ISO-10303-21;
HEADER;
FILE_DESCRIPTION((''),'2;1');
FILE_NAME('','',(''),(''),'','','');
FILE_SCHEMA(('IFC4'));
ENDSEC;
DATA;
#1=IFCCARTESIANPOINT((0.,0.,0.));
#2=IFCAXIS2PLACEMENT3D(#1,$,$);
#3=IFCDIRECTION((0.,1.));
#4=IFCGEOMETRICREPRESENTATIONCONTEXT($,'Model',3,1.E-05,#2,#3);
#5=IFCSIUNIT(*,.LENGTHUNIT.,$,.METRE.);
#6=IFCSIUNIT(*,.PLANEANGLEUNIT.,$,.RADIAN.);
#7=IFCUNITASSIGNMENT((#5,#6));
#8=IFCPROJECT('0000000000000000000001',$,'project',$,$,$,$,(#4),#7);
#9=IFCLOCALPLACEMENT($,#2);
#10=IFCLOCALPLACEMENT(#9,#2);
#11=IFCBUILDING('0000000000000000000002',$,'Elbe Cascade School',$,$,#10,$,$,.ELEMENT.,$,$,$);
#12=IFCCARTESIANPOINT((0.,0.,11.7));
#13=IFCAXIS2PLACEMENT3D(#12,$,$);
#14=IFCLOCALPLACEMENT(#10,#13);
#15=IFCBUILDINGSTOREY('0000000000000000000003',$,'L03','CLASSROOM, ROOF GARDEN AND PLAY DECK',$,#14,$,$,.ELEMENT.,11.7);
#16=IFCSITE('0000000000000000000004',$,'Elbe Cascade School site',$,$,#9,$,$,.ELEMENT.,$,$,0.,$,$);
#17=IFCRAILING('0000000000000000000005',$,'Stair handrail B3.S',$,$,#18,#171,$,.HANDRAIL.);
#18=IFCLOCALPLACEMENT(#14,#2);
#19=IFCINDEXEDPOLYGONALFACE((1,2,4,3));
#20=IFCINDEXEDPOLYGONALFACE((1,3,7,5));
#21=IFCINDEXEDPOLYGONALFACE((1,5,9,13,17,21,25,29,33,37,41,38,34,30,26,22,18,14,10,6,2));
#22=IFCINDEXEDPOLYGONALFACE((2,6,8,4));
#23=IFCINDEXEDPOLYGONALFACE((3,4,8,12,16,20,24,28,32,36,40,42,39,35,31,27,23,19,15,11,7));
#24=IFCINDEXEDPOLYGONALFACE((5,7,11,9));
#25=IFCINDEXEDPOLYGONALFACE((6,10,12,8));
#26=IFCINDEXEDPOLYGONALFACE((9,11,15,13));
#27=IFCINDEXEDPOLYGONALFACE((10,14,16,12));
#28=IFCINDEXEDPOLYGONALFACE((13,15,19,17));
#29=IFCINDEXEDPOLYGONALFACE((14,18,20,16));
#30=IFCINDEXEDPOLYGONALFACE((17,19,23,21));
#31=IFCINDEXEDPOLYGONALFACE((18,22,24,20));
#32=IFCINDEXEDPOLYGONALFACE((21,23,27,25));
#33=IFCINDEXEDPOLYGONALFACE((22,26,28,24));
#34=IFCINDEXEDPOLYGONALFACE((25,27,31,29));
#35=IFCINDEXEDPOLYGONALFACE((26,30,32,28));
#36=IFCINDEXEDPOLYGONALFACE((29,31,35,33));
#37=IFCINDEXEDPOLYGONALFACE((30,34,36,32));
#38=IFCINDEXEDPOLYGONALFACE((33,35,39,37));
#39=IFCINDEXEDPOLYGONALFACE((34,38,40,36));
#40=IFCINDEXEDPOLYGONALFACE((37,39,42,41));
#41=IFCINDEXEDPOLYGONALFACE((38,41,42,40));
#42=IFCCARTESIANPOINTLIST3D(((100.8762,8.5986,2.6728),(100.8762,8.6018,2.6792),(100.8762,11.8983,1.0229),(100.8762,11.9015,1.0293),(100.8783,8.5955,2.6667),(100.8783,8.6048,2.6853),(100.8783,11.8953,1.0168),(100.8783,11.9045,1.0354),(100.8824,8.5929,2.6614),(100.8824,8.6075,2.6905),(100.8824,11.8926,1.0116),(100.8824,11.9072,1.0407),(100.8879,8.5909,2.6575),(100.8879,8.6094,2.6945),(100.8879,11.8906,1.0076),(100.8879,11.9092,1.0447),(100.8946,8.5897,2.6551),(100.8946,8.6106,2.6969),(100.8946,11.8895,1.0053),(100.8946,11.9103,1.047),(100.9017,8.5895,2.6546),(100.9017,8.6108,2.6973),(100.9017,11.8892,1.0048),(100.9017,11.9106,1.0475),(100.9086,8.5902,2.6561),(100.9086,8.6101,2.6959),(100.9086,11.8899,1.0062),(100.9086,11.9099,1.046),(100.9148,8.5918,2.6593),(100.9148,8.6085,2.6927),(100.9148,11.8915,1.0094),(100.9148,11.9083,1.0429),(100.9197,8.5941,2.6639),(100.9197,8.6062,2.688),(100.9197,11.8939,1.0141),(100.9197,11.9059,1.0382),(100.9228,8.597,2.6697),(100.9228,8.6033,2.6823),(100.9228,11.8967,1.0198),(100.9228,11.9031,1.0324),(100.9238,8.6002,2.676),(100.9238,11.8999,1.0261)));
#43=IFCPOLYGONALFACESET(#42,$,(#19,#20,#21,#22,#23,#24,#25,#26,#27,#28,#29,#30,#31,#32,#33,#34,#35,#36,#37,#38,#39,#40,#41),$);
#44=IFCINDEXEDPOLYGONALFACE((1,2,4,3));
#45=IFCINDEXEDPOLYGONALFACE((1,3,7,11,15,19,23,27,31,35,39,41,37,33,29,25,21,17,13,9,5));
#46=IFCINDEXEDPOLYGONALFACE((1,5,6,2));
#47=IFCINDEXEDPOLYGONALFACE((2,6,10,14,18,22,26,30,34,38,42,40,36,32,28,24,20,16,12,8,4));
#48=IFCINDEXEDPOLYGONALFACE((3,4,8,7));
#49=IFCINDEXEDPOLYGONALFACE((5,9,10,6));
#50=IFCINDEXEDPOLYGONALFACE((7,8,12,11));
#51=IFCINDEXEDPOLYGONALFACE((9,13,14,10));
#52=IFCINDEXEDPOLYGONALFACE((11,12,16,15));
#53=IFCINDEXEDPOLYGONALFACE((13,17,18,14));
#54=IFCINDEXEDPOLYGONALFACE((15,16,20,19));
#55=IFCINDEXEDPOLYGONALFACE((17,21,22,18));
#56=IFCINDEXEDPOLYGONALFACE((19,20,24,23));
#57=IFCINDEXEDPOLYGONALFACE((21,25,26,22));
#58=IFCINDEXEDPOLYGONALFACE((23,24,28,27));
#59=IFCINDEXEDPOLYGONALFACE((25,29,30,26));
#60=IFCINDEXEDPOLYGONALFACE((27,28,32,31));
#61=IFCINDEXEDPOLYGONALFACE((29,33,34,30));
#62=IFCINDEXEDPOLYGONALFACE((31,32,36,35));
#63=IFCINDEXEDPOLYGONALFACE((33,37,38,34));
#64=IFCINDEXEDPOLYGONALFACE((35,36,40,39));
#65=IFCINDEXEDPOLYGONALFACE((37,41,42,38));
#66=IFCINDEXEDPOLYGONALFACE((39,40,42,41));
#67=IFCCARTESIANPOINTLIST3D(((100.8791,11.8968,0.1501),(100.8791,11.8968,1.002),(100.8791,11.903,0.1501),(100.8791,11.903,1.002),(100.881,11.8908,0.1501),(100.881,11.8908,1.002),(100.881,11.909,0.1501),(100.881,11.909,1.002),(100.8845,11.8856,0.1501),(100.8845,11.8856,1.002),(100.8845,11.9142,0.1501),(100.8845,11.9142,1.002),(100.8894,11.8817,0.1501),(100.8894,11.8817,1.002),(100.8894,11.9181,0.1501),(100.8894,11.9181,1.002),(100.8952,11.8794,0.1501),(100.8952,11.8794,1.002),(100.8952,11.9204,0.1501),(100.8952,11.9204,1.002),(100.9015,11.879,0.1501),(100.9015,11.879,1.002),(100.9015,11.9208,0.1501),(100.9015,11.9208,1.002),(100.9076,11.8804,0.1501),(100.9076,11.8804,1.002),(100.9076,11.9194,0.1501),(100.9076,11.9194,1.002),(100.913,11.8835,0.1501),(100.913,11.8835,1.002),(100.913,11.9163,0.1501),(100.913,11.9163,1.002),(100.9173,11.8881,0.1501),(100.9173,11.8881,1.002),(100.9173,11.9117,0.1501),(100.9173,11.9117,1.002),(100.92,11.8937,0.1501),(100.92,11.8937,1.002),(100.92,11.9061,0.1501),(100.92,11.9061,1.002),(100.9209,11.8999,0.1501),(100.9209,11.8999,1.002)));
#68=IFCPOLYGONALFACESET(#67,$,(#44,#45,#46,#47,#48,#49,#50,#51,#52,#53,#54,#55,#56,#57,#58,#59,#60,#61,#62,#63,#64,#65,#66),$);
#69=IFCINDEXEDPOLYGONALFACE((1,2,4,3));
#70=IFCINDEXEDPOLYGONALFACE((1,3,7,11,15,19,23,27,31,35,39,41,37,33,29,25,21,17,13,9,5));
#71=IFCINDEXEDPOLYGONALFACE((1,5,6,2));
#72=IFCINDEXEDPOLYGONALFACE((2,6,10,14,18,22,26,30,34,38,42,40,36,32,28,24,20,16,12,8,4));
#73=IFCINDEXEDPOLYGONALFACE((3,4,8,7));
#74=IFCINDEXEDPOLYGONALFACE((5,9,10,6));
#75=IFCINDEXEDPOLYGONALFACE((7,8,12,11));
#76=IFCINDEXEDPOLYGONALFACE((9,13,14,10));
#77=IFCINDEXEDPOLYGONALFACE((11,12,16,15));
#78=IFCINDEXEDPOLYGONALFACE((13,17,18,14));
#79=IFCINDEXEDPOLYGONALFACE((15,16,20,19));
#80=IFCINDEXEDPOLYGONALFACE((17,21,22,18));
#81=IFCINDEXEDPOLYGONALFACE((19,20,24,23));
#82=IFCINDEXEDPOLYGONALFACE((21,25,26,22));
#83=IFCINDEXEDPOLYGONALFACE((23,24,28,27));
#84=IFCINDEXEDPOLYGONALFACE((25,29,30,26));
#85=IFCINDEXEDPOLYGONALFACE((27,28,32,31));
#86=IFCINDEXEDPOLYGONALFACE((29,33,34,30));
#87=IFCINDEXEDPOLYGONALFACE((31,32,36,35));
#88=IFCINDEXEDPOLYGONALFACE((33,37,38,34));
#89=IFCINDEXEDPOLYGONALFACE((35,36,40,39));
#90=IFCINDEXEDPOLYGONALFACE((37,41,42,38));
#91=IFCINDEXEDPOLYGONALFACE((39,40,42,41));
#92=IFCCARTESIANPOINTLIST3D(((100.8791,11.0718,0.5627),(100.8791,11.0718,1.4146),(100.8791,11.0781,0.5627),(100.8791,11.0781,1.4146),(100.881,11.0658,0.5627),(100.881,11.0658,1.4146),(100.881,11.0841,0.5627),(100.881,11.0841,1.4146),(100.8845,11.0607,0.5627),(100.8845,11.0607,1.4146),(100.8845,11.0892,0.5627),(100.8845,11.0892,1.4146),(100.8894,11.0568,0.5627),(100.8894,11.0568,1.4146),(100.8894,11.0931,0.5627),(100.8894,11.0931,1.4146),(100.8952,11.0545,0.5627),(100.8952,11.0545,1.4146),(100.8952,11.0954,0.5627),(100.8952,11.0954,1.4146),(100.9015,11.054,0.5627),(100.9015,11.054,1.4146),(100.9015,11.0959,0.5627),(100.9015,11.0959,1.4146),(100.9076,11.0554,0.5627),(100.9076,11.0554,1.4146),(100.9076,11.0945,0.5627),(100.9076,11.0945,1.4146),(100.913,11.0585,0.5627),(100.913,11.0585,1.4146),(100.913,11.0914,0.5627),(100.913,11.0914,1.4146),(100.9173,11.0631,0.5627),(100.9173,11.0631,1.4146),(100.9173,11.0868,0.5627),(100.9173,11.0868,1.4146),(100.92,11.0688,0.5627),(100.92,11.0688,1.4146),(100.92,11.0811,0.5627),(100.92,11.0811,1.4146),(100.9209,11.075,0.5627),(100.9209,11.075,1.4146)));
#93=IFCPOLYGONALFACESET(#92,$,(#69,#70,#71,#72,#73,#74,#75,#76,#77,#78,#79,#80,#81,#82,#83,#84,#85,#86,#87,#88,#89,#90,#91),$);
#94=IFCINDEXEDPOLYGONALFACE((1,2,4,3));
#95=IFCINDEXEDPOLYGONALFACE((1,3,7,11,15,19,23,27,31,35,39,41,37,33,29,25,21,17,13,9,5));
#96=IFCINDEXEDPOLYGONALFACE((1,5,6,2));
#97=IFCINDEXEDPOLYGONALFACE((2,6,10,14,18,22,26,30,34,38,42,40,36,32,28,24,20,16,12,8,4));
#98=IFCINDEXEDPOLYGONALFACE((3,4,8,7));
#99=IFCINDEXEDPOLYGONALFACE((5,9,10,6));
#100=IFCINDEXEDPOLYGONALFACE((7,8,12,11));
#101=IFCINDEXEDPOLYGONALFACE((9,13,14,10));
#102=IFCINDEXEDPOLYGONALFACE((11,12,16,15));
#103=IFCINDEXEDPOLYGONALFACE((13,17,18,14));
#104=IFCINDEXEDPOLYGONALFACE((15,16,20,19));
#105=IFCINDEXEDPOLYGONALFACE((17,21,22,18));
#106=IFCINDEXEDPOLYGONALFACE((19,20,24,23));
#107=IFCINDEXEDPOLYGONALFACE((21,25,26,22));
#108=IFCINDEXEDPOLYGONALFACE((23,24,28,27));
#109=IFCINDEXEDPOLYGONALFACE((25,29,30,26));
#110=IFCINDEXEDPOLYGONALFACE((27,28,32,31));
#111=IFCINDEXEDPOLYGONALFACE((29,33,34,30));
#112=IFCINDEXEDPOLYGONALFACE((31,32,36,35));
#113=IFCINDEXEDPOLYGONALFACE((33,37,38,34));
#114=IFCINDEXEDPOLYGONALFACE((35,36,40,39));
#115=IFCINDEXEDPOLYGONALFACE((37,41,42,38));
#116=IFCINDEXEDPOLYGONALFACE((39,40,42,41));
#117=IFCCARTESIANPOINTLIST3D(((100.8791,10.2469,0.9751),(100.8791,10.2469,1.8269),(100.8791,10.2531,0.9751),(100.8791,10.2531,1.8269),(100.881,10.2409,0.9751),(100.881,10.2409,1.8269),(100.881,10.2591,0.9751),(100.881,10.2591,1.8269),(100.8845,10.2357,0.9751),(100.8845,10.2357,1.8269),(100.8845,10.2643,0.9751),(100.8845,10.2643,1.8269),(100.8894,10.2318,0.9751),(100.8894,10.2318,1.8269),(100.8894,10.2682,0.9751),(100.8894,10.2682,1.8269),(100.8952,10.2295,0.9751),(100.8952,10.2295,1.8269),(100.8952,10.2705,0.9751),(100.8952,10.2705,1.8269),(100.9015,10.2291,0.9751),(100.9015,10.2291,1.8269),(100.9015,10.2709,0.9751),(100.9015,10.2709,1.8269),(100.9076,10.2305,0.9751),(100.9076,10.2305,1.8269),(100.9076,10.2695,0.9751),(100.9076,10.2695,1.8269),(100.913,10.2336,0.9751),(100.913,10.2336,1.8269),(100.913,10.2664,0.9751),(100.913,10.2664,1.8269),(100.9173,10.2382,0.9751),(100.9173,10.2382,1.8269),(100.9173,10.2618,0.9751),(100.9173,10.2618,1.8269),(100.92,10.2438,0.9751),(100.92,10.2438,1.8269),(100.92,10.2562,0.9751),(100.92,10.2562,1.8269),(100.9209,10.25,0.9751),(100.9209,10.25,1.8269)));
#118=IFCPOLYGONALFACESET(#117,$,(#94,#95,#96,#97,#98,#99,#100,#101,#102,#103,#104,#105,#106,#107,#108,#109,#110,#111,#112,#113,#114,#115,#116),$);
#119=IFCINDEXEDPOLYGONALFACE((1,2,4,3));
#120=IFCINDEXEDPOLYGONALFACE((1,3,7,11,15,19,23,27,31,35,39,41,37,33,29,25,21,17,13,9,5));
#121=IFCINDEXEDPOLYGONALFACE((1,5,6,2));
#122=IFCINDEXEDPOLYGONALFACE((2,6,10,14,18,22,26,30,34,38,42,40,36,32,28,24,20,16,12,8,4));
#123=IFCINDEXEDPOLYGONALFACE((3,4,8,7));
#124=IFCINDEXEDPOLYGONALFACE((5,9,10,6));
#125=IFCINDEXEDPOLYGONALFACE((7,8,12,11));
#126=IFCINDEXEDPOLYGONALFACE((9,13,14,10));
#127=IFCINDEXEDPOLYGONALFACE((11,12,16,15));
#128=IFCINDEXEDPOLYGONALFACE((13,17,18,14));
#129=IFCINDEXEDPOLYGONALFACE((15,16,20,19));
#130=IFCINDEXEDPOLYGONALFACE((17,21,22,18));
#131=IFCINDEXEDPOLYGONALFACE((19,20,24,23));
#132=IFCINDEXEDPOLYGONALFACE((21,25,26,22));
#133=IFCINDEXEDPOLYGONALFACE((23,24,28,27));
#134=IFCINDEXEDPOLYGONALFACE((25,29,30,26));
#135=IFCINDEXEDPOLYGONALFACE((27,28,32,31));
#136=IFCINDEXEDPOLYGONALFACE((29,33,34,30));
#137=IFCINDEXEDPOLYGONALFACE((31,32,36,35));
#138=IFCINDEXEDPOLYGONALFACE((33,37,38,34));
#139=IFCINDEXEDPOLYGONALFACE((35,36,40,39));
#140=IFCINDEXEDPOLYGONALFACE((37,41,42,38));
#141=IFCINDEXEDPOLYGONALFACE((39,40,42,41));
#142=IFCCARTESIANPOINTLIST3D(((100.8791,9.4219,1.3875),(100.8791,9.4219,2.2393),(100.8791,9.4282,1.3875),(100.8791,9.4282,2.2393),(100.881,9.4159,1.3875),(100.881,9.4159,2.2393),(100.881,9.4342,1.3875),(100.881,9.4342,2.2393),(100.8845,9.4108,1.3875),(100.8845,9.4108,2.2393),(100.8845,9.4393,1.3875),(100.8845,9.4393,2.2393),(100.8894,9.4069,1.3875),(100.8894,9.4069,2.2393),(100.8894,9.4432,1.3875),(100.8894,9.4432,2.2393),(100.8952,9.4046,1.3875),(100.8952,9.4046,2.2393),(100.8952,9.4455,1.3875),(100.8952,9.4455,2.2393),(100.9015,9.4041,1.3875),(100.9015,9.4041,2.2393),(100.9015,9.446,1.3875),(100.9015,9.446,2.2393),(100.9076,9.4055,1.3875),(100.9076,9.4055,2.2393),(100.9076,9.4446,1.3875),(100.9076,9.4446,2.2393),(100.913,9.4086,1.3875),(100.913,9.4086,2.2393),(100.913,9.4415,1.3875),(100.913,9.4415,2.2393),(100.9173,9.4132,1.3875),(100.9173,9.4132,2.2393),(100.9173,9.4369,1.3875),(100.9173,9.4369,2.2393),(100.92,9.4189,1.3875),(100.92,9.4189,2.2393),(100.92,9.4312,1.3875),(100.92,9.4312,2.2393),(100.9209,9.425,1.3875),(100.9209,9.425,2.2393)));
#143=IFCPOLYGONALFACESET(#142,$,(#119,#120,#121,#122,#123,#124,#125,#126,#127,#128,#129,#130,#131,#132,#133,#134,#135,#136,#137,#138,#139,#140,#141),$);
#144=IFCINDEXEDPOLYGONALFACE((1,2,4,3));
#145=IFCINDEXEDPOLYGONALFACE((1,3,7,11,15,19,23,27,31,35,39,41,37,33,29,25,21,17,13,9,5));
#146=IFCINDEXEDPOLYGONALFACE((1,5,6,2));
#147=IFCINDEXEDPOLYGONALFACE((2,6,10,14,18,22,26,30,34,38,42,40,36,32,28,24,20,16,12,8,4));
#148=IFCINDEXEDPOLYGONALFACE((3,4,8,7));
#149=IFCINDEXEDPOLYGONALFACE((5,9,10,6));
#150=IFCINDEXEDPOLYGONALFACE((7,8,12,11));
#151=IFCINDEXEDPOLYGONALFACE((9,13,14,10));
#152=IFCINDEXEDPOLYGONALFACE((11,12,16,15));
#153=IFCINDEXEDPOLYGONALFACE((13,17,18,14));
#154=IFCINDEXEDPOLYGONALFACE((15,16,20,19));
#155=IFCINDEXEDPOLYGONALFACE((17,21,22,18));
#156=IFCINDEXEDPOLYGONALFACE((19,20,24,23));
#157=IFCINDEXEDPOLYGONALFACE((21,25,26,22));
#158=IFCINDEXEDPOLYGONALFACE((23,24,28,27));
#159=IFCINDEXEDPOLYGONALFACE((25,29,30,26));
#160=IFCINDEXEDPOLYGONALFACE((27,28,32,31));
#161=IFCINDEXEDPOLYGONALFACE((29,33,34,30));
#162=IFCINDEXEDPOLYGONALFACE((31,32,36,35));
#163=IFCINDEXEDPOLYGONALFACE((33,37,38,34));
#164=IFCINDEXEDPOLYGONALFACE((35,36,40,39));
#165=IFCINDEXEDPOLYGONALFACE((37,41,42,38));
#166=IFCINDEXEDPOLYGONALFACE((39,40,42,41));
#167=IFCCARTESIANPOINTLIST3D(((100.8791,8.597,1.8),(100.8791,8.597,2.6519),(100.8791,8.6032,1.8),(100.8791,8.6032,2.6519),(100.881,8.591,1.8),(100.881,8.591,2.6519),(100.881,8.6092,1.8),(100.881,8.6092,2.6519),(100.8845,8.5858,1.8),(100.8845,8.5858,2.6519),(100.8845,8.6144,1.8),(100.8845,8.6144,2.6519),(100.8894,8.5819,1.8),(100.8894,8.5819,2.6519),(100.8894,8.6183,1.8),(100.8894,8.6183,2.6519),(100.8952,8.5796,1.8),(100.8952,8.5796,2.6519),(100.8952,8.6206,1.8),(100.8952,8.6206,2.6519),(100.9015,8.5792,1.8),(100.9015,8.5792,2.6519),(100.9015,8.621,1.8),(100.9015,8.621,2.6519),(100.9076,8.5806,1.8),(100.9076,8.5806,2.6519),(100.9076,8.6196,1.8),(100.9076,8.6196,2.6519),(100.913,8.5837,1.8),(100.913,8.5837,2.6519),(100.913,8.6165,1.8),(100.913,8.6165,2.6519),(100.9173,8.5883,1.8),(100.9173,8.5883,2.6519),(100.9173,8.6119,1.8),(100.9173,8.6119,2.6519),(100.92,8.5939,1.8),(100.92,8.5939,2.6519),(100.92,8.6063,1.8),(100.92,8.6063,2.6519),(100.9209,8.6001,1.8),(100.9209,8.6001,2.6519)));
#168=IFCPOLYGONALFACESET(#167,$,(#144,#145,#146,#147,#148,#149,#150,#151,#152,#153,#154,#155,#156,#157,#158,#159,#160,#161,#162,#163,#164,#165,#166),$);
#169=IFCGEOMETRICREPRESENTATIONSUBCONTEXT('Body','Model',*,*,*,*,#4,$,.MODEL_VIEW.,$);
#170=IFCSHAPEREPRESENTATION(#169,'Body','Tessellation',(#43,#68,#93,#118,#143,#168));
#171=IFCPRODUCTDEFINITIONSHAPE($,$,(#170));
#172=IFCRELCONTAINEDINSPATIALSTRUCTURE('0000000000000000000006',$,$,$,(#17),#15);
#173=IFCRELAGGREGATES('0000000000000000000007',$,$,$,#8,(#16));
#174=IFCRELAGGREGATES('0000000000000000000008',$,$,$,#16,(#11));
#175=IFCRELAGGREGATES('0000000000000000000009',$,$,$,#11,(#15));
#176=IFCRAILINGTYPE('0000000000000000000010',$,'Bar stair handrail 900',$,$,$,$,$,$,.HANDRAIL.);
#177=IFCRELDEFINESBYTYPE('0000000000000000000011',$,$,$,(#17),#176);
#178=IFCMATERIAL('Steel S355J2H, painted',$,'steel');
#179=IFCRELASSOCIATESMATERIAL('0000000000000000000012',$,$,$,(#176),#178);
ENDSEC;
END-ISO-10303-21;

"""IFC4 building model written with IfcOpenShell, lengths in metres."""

from ifc_helpers import new_model, si_unit, direction, frame, origin, origin_2d, place, context, subcontext, project, spatial, circle, extrude, material, type_object, element, save


model = new_model("IFC4")

# Units and contexts
model_context = context("Model", 3, precision=1e-05, world=origin(), true_north=direction((0.0, 1.0)))
body_context = subcontext(model_context, "Body", "Model", "MODEL_VIEW")
ifc_project = project(units=[si_unit("LENGTHUNIT", "METRE"), si_unit("PLANEANGLEUNIT", "RADIAN")], contexts=[model_context])

# Site, building, storey
site_placement = place(None, origin())
site = spatial("IfcSite", under=ifc_project, at=site_placement, Name="Elbe Cascade School site", CompositionType="ELEMENT", RefElevation=0.0)
building_placement = place(site_placement, origin())
building = spatial("IfcBuilding", under=site, at=building_placement, Name="Elbe Cascade School", CompositionType="ELEMENT")
storey_placement = place(building_placement, frame((0.0, 0.0, 11.7)))
storey = spatial("IfcBuildingStorey", under=building, at=storey_placement, Name="L03", Description="CLASSROOM, ROOF GARDEN AND PLAY DECK", CompositionType="ELEMENT", Elevation=11.7)

# Railing
ifc_material_1 = material(Name="Steel S355J2H, painted", Category="steel")
railing_type_1 = type_object("IfcRailingType", Name="Bar stair handrail 900", PredefinedType="HANDRAIL", material=ifc_material_1)
railing_1_placement = place(storey_placement, frame((100.8999, 11.8999, 0.1501)))
element("IfcRailing", 1, at=railing_1_placement, inside=storey, type_object=railing_type_1, Name="Stair handrail B3.S", PredefinedType="HANDRAIL", context=body_context, shape_type="SweptSolid", body=[
    extrude(circle(Radius=0.0239, at=origin_2d()), frame((0.0, 0.0, 0.876), z_axis=(0.0, -0.894427, 0.447214), x_axis=(1.0, 0.0, 0.0)), (0.0, 0.0, 1.0), 3.6892),
    extrude(circle(Radius=0.021, at=origin_2d()), origin(), (0.0, 0.0, 1.0), 0.8518),
    extrude(circle(Radius=0.021, at=origin_2d()), frame((0.0, -0.825, 0.4126)), (0.0, 0.0, 1.0), 0.8518),
    extrude(circle(Radius=0.021, at=origin_2d()), frame((0.0, -1.6499, 0.825)), (0.0, 0.0, 1.0), 0.8518),
    extrude(circle(Radius=0.021, at=origin_2d()), frame((0.0, -2.4749, 1.2373)), (0.0, 0.0, 1.0), 0.8518),
    extrude(circle(Radius=0.021, at=origin_2d()), frame((0.0, -3.2998, 1.6499)), (0.0, 0.0, 1.0), 0.8518),
])

save(model, "model.ifc")
